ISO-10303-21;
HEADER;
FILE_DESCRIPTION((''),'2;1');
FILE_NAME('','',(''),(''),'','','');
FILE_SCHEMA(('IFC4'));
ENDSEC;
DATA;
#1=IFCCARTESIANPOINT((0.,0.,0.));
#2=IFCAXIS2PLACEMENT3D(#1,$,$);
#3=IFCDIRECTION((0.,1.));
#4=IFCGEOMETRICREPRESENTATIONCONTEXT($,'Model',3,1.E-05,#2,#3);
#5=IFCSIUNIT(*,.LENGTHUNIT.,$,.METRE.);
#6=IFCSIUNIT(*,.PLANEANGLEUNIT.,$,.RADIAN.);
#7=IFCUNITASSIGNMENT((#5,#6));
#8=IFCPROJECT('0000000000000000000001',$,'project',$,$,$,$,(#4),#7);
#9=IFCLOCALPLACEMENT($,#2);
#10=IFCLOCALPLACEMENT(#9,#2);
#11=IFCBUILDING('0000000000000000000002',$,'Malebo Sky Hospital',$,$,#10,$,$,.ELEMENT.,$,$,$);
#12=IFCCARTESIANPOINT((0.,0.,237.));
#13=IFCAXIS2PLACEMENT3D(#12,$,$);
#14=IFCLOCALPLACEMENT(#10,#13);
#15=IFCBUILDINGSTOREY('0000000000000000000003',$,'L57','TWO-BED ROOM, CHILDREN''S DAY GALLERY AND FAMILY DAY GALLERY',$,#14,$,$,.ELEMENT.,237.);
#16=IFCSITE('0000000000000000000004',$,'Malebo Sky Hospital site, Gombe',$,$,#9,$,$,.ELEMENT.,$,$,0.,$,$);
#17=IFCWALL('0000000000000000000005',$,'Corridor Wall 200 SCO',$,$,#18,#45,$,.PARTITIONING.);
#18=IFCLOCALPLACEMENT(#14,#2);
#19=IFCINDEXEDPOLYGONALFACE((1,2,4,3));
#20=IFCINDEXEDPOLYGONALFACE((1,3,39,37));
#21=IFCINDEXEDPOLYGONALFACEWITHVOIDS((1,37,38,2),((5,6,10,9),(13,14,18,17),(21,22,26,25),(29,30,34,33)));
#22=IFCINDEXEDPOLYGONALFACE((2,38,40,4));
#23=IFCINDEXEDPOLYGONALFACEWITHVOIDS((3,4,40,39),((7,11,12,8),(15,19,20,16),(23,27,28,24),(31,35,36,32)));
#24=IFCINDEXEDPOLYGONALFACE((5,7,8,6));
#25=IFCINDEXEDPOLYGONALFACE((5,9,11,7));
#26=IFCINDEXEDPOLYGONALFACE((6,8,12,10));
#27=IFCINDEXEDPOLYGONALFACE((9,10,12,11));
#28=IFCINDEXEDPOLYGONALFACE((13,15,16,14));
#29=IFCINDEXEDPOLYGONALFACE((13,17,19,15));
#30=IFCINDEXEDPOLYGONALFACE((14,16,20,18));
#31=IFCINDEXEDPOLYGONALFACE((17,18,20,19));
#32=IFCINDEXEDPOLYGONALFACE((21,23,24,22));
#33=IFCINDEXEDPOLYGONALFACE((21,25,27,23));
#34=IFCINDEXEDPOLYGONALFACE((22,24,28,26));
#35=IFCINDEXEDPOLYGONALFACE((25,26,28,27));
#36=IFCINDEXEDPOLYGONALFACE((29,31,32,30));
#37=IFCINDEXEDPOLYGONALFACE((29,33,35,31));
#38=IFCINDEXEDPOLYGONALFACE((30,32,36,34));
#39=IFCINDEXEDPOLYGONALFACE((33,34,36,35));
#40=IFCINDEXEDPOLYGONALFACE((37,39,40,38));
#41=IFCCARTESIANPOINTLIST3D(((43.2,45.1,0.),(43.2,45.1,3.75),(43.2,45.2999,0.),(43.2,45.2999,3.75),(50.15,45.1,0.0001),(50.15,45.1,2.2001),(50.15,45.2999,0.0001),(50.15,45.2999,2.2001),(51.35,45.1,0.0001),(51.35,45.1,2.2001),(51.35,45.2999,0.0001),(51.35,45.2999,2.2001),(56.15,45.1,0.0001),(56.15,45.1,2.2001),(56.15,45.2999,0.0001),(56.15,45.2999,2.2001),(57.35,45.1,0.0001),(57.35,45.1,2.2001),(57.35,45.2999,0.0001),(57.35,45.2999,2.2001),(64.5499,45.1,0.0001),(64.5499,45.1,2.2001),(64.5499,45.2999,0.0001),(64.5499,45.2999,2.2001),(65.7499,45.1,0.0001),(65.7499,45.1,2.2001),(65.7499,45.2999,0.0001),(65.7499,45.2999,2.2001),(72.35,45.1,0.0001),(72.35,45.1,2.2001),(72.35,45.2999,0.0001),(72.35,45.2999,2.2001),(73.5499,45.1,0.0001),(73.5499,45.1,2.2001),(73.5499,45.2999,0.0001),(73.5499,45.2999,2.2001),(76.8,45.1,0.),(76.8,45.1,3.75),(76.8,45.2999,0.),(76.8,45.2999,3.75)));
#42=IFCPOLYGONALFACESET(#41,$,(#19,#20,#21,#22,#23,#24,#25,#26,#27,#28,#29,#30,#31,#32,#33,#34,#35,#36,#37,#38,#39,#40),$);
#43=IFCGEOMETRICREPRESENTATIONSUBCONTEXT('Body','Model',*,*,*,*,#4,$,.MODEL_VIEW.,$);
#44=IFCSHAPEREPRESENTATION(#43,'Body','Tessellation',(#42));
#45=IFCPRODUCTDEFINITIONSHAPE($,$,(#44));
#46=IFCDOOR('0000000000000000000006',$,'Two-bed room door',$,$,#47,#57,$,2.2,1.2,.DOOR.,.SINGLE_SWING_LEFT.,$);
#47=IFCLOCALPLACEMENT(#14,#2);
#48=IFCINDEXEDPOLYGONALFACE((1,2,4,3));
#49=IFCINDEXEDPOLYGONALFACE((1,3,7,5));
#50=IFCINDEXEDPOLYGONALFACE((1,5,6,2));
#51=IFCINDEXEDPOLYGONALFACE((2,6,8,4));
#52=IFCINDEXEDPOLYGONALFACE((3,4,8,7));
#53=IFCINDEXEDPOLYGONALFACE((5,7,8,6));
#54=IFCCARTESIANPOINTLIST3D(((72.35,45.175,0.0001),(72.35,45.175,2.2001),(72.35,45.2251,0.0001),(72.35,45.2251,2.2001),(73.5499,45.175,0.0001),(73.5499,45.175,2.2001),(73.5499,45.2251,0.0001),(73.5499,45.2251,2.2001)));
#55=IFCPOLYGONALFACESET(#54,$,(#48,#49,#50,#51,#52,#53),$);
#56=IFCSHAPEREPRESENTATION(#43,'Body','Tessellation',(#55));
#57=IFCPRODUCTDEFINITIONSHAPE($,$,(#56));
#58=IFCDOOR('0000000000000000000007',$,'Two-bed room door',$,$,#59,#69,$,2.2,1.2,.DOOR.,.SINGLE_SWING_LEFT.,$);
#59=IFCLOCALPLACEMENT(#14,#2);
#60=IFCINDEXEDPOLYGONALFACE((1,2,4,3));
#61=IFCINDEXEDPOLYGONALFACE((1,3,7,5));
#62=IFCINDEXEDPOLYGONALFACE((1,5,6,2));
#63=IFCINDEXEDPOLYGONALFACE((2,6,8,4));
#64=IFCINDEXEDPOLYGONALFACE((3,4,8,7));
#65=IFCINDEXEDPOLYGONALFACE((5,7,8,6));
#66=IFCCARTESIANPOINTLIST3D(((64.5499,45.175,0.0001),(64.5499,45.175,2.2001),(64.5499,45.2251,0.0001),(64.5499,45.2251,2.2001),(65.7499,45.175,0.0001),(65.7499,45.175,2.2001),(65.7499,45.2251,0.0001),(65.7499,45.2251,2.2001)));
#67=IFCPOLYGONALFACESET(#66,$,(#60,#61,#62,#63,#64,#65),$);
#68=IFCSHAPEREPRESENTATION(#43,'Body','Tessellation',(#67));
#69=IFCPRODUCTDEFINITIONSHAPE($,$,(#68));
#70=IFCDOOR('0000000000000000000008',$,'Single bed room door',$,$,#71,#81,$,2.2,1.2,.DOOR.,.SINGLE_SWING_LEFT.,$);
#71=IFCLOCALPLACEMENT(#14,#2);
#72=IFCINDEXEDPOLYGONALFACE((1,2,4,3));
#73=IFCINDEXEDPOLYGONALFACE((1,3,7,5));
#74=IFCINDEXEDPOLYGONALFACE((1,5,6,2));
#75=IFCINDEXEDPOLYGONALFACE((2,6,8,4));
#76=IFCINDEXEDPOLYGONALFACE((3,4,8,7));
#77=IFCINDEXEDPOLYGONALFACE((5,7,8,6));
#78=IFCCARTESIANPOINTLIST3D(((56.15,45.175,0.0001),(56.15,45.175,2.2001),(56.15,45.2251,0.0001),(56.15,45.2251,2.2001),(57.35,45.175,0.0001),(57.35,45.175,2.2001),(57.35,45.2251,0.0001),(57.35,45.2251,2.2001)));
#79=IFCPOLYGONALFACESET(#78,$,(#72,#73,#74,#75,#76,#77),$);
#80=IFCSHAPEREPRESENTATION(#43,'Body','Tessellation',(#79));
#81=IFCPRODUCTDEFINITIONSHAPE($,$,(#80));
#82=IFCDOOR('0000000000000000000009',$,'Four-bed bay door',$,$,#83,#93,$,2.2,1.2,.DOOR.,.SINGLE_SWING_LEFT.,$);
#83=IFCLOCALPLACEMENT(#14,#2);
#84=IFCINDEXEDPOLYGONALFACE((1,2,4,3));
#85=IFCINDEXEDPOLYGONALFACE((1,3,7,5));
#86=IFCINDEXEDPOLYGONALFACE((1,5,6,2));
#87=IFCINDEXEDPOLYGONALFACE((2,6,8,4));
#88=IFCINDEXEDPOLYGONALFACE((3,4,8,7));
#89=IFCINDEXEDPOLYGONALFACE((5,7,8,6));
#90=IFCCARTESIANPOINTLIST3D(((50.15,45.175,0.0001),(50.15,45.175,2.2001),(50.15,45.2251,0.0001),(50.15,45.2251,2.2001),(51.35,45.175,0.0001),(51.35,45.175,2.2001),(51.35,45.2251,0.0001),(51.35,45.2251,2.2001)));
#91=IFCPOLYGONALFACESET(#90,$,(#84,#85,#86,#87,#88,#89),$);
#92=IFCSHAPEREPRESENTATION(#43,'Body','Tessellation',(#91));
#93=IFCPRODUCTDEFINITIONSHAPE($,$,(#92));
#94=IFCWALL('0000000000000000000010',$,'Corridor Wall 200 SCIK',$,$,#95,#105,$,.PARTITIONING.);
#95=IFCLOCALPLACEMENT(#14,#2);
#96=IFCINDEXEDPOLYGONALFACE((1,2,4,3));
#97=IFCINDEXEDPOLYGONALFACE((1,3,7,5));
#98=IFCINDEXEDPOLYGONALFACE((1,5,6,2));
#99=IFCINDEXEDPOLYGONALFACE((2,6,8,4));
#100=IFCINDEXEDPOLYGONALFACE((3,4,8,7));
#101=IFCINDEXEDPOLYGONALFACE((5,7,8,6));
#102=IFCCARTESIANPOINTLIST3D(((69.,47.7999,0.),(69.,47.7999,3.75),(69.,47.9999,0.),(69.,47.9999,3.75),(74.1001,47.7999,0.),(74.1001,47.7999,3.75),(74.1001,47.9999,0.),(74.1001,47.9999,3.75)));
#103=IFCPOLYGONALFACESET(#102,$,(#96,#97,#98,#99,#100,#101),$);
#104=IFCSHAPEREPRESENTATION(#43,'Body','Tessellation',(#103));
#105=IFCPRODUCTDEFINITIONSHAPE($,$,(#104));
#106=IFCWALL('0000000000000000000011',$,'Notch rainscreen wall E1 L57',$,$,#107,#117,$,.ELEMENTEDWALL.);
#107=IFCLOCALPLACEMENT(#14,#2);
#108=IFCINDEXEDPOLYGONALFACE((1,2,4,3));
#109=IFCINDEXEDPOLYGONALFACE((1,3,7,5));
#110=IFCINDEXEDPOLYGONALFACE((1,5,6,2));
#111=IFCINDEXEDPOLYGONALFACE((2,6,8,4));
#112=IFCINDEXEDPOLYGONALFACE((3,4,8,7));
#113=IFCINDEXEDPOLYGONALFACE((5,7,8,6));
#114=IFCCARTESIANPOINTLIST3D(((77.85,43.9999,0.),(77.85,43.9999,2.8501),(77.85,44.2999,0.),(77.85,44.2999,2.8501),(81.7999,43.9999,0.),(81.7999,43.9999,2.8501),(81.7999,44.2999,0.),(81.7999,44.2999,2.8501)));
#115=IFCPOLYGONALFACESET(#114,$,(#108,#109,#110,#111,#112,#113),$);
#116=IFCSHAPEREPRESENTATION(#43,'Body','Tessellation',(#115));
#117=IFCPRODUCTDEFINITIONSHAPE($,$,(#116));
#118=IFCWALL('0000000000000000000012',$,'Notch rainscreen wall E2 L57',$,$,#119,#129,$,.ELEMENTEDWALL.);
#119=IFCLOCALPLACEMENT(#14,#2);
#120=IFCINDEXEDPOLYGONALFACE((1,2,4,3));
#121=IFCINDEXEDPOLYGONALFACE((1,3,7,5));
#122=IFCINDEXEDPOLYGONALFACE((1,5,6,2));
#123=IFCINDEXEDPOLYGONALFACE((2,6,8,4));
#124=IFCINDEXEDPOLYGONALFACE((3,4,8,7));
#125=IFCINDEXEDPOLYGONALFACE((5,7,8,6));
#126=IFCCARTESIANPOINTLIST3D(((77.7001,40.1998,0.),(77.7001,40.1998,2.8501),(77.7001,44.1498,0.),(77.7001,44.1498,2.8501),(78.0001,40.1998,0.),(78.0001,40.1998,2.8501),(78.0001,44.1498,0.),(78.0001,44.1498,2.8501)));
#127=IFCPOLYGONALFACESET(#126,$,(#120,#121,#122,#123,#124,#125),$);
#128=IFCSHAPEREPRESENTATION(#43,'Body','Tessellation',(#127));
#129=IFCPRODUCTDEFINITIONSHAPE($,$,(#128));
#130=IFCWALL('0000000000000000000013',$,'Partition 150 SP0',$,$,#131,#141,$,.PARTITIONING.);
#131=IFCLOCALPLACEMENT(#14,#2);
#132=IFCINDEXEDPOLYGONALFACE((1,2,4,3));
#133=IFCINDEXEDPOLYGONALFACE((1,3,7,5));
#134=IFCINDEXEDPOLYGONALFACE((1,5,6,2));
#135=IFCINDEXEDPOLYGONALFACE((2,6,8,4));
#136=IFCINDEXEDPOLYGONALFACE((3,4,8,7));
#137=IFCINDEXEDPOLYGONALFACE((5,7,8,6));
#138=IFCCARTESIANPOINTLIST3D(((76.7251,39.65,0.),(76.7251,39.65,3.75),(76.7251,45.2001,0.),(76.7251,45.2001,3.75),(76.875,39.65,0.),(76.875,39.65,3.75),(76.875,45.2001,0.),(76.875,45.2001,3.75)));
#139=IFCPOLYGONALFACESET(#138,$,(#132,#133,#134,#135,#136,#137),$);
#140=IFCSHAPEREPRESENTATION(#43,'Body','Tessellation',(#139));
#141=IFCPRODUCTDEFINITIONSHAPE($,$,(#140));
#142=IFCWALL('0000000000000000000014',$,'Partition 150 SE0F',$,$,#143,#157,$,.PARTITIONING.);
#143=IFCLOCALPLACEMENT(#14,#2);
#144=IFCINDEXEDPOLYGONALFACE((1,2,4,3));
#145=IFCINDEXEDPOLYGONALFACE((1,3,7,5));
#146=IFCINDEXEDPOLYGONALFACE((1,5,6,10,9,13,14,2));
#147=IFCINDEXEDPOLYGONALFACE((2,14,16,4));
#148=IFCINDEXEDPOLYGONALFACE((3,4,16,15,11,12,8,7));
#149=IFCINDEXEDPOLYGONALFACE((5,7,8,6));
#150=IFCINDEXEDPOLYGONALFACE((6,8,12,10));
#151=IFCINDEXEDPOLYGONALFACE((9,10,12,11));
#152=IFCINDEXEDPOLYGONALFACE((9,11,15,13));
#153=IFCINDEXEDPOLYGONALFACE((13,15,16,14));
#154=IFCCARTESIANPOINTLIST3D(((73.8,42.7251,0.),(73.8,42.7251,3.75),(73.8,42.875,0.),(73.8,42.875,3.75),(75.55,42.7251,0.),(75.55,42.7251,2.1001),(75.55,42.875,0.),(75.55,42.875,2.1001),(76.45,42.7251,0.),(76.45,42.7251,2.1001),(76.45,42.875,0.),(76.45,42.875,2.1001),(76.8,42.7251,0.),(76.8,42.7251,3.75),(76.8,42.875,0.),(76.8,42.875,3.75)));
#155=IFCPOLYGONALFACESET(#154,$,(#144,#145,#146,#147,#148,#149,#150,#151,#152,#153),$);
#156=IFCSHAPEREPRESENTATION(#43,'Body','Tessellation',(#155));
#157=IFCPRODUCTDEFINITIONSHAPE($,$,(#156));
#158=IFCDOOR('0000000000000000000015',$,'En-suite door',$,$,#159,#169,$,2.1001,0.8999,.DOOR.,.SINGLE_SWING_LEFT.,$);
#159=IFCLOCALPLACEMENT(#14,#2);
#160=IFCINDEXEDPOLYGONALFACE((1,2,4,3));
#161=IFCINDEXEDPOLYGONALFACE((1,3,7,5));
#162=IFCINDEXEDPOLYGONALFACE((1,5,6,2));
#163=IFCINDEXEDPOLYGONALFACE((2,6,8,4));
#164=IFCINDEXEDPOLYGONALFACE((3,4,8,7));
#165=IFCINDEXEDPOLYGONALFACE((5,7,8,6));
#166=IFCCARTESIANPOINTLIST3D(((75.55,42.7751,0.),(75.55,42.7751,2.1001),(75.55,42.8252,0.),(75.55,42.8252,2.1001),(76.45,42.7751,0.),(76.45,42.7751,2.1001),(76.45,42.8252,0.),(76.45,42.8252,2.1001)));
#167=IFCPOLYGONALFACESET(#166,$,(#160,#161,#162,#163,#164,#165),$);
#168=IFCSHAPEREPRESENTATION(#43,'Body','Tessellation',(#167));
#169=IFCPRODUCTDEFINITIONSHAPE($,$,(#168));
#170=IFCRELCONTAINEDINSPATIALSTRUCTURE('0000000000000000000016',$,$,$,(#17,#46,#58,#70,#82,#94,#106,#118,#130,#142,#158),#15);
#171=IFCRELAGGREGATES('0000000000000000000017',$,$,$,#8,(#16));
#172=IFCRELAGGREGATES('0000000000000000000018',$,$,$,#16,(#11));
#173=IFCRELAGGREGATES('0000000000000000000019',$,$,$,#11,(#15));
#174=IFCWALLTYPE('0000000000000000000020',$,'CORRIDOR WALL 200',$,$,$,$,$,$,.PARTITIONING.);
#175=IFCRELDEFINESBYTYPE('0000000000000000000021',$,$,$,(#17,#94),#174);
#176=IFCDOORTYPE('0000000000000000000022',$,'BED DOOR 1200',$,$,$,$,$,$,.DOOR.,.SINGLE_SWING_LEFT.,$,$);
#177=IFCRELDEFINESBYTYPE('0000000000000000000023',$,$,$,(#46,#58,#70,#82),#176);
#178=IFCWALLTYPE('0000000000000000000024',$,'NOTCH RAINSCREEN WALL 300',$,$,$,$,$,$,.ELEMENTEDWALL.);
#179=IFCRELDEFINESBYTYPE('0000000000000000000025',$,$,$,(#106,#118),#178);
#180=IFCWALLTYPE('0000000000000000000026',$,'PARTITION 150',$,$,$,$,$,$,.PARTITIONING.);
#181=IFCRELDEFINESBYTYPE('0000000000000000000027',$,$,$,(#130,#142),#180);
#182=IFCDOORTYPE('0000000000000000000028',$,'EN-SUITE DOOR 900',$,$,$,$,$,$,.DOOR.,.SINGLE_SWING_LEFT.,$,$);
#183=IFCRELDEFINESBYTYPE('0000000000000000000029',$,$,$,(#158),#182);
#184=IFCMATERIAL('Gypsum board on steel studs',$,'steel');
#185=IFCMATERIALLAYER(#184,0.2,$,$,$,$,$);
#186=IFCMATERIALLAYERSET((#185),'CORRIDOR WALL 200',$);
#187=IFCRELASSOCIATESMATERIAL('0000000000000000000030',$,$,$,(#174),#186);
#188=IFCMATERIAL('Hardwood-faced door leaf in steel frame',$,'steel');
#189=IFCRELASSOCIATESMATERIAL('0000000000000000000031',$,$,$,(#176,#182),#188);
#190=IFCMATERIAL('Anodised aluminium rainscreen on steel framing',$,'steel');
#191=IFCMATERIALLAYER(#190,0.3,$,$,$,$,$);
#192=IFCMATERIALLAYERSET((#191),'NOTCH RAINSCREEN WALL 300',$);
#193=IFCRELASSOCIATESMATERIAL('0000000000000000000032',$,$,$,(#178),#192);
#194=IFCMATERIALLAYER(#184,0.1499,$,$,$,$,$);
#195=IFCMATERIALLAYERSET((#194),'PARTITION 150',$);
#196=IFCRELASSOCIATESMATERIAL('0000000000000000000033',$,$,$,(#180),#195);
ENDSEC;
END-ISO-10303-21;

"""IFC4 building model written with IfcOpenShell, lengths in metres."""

from ifc_helpers import new_model, si_unit, direction, frame, frame_2d, origin, place, context, subcontext, project, spatial, rectangle, extrude, material, layer, layer_set, type_object, element, fill, save


model = new_model("IFC4")

# Units and contexts
model_context = context("Model", 3, precision=1e-05, world=origin(), true_north=direction((0.0, 1.0)))
body_context = subcontext(model_context, "Body", "Model", "MODEL_VIEW")
ifc_project = project(units=[si_unit("LENGTHUNIT", "METRE"), si_unit("PLANEANGLEUNIT", "RADIAN")], contexts=[model_context])

# Site, building, storey
site_placement = place(None, origin())
site = spatial("IfcSite", under=ifc_project, at=site_placement, Name="Malebo Sky Hospital site, Gombe", CompositionType="ELEMENT", RefElevation=0.0)
building_placement = place(site_placement, origin())
building = spatial("IfcBuilding", under=site, at=building_placement, Name="Malebo Sky Hospital", CompositionType="ELEMENT")
storey_placement = place(building_placement, frame((0.0, 0.0, 237.0)))
storey = spatial("IfcBuildingStorey", under=building, at=storey_placement, Name="L57", Description="TWO-BED ROOM, CHILDREN'S DAY GALLERY AND FAMILY DAY GALLERY", CompositionType="ELEMENT", Elevation=237.0)

# Wall, openings, doors
ifc_material_1 = material(Name="Gypsum board on steel studs", Category="steel")
ifc_layer_1 = layer(ifc_material_1, 0.2)
ifc_layer_set_1 = layer_set([ifc_layer_1], Name="CORRIDOR WALL 200")
wall_type_1 = type_object("IfcWallType", Name="CORRIDOR WALL 200", PredefinedType="PARTITIONING", material=ifc_layer_set_1)
wall_1_placement = place(storey_placement, frame((76.8, 45.2, 0.0), z_axis=(0.0, 0.0, 1.0), x_axis=(-1.0, 0.0, 0.0)))
wall_1 = element("IfcWall", 1, at=wall_1_placement, inside=storey, type_object=wall_type_1, Name="Corridor Wall 200 SCO", PredefinedType="PARTITIONING", context=body_context, shape_type="SweptSolid", body=[
    extrude(rectangle(XDim=33.6001, YDim=0.2, at=frame_2d((16.8, 0.0))), origin(), (0.0, 0.0, 1.0), 3.75),
])
opening_1_placement = place(wall_1_placement, frame((3.25, 0.0, 0.0)))
opening_1 = element("IfcOpeningElement", 2, at=opening_1_placement, cuts=wall_1, PredefinedType="OPENING", context=body_context, shape_type="SweptSolid", body=[
    extrude(rectangle(XDim=1.2, YDim=2.2, at=frame_2d((0.6001, 1.1001))), frame((0.0, 0.1099, 0.0), z_axis=(0.0, -1.0, 0.0), x_axis=(1.0, 0.0, 0.0)), (0.0, 0.0, 1.0), 0.22),
])
opening_2_placement = place(wall_1_placement, frame((11.05, 0.0, 0.0)))
opening_2 = element("IfcOpeningElement", 3, at=opening_2_placement, cuts=wall_1, PredefinedType="OPENING", context=body_context, shape_type="SweptSolid", body=[
    extrude(rectangle(XDim=1.2, YDim=2.2, at=frame_2d((0.6001, 1.1001))), frame((0.0, 0.1099, 0.0), z_axis=(0.0, -1.0, 0.0), x_axis=(1.0, 0.0, 0.0)), (0.0, 0.0, 1.0), 0.22),
])
opening_3_placement = place(wall_1_placement, frame((19.45, 0.0, 0.0)))
opening_3 = element("IfcOpeningElement", 4, at=opening_3_placement, cuts=wall_1, PredefinedType="OPENING", context=body_context, shape_type="SweptSolid", body=[
    extrude(rectangle(XDim=1.2, YDim=2.2, at=frame_2d((0.6001, 1.1001))), frame((0.0, 0.1099, 0.0), z_axis=(0.0, -1.0, 0.0), x_axis=(1.0, 0.0, 0.0)), (0.0, 0.0, 1.0), 0.22),
])
opening_4_placement = place(wall_1_placement, frame((25.45, 0.0, 0.0)))
opening_4 = element("IfcOpeningElement", 5, at=opening_4_placement, cuts=wall_1, PredefinedType="OPENING", context=body_context, shape_type="SweptSolid", body=[
    extrude(rectangle(XDim=1.2, YDim=2.2, at=frame_2d((0.6001, 1.1001))), frame((0.0, 0.1099, 0.0), z_axis=(0.0, -1.0, 0.0), x_axis=(1.0, 0.0, 0.0)), (0.0, 0.0, 1.0), 0.22),
])
ifc_material_2 = material(Name="Hardwood-faced door leaf in steel frame", Category="steel")
door_type_1 = type_object("IfcDoorType", Name="BED DOOR 1200", OperationType="SINGLE_SWING_LEFT", PredefinedType="DOOR", material=ifc_material_2)
door_1_placement = place(opening_1_placement, origin())
door_1 = element("IfcDoor", 6, at=door_1_placement, inside=storey, type_object=door_type_1, Name="Two-bed room door", OperationType="SINGLE_SWING_LEFT", OverallHeight=2.2, OverallWidth=1.2, PredefinedType="DOOR", context=body_context, shape_type="SweptSolid", body=[
    extrude(rectangle(XDim=1.2, YDim=2.2, at=frame_2d((0.6001, 1.1001))), frame((0.0, 0.0249, 0.0), z_axis=(0.0, -1.0, 0.0), x_axis=(1.0, 0.0, 0.0)), (0.0, 0.0, 1.0), 0.05),
])
fill(opening_1, door_1)
door_2_placement = place(opening_2_placement, origin())
door_2 = element("IfcDoor", 7, at=door_2_placement, inside=storey, type_object=door_type_1, Name="Two-bed room door", OperationType="SINGLE_SWING_LEFT", OverallHeight=2.2, OverallWidth=1.2, PredefinedType="DOOR", context=body_context, shape_type="SweptSolid", body=[
    extrude(rectangle(XDim=1.2, YDim=2.2, at=frame_2d((0.6001, 1.1001))), frame((0.0, 0.0249, 0.0), z_axis=(0.0, -1.0, 0.0), x_axis=(1.0, 0.0, 0.0)), (0.0, 0.0, 1.0), 0.05),
])
fill(opening_2, door_2)
door_3_placement = place(opening_3_placement, origin())
door_3 = element("IfcDoor", 8, at=door_3_placement, inside=storey, type_object=door_type_1, Name="Single bed room door", OperationType="SINGLE_SWING_LEFT", OverallHeight=2.2, OverallWidth=1.2, PredefinedType="DOOR", context=body_context, shape_type="SweptSolid", body=[
    extrude(rectangle(XDim=1.2, YDim=2.2, at=frame_2d((0.6001, 1.1001))), frame((0.0, 0.0249, 0.0), z_axis=(0.0, -1.0, 0.0), x_axis=(1.0, 0.0, 0.0)), (0.0, 0.0, 1.0), 0.05),
])
fill(opening_3, door_3)
door_4_placement = place(opening_4_placement, origin())
door_4 = element("IfcDoor", 9, at=door_4_placement, inside=storey, type_object=door_type_1, Name="Four-bed bay door", OperationType="SINGLE_SWING_LEFT", OverallHeight=2.2, OverallWidth=1.2, PredefinedType="DOOR", context=body_context, shape_type="SweptSolid", body=[
    extrude(rectangle(XDim=1.2, YDim=2.2, at=frame_2d((0.6001, 1.1001))), frame((0.0, 0.0249, 0.0), z_axis=(0.0, -1.0, 0.0), x_axis=(1.0, 0.0, 0.0)), (0.0, 0.0, 1.0), 0.05),
])
fill(opening_4, door_4)

# Walls
wall_2_placement = place(storey_placement, frame((74.1001, 47.8999, 0.0), z_axis=(0.0, 0.0, 1.0), x_axis=(-1.0, 0.0, 0.0)))
element("IfcWall", 10, at=wall_2_placement, inside=storey, type_object=wall_type_1, Name="Corridor Wall 200 SCIK", PredefinedType="PARTITIONING", context=body_context, shape_type="SweptSolid", body=[
    extrude(rectangle(XDim=5.1001, YDim=0.2, at=frame_2d((2.55, 0.0))), origin(), (0.0, 0.0, 1.0), 3.75),
])
ifc_material_3 = material(Name="Anodised aluminium rainscreen on steel framing", Category="steel")
ifc_layer_2 = layer(ifc_material_3, 0.3)
ifc_layer_set_2 = layer_set([ifc_layer_2], Name="NOTCH RAINSCREEN WALL 300")
wall_type_2 = type_object("IfcWallType", Name="NOTCH RAINSCREEN WALL 300", PredefinedType="ELEMENTEDWALL", material=ifc_layer_set_2)
for number, where, z_axis, x_axis, name in (
    (11, (81.8, 44.1499, 0.0), (0.0, 0.0, 1.0), (-1.0, 0.0, 0.0), "Notch rainscreen wall E1 L57"),
    (12, (77.8501, 44.1499, 0.0), (0.0, 0.0, 1.0), (0.0, -1.0, 0.0), "Notch rainscreen wall E2 L57"),
):
    element("IfcWall", number, at=place(storey_placement, frame(where, z_axis=z_axis, x_axis=x_axis)), inside=storey, type_object=wall_type_2, Name=name, PredefinedType="ELEMENTEDWALL", context=body_context, shape_type="SweptSolid", body=[
        extrude(rectangle(XDim=3.95, YDim=0.3, at=frame_2d((1.9751, 0.0))), origin(), (0.0, 0.0, 1.0), 2.8501),
    ])
ifc_layer_3 = layer(ifc_material_1, 0.1499)
ifc_layer_set_3 = layer_set([ifc_layer_3], Name="PARTITION 150")
wall_type_3 = type_object("IfcWallType", Name="PARTITION 150", PredefinedType="PARTITIONING", material=ifc_layer_set_3)
wall_3_placement = place(storey_placement, frame((76.8, 45.2, 0.0), z_axis=(0.0, 0.0, 1.0), x_axis=(0.0, -1.0, 0.0)))
element("IfcWall", 13, at=wall_3_placement, inside=storey, type_object=wall_type_3, Name="Partition 150 SP0", PredefinedType="PARTITIONING", context=body_context, shape_type="SweptSolid", body=[
    extrude(rectangle(XDim=5.55, YDim=0.1499, at=frame_2d((2.7749, 0.0))), origin(), (0.0, 0.0, 1.0), 3.75),
])

# Wall, opening, door
wall_4_placement = place(storey_placement, frame((76.8, 42.8, 0.0), z_axis=(0.0, 0.0, 1.0), x_axis=(-1.0, 0.0, 0.0)))
wall_4 = element("IfcWall", 14, at=wall_4_placement, inside=storey, type_object=wall_type_3, Name="Partition 150 SE0F", PredefinedType="PARTITIONING", context=body_context, shape_type="SweptSolid", body=[
    extrude(rectangle(XDim=3.0, YDim=0.1499, at=frame_2d((1.5, 0.0))), origin(), (0.0, 0.0, 1.0), 3.75),
])
opening_5_placement = place(wall_4_placement, frame((0.3501, 0.0, 0.0)))
opening_5 = element("IfcOpeningElement", 15, at=opening_5_placement, cuts=wall_4, PredefinedType="OPENING", context=body_context, shape_type="SweptSolid", body=[
    extrude(rectangle(XDim=0.8999, YDim=2.1001, at=frame_2d((0.45, 1.05))), frame((0.0, 0.085, 0.0), z_axis=(0.0, -1.0, 0.0), x_axis=(1.0, 0.0, 0.0)), (0.0, 0.0, 1.0), 0.1699),
])
door_type_2 = type_object("IfcDoorType", Name="EN-SUITE DOOR 900", OperationType="SINGLE_SWING_LEFT", PredefinedType="DOOR", material=ifc_material_2)
door_5_placement = place(opening_5_placement, origin())
door_5 = element("IfcDoor", 16, at=door_5_placement, inside=storey, type_object=door_type_2, Name="En-suite door", OperationType="SINGLE_SWING_LEFT", OverallHeight=2.1001, OverallWidth=0.8999, PredefinedType="DOOR", context=body_context, shape_type="SweptSolid", body=[
    extrude(rectangle(XDim=0.8999, YDim=2.1001, at=frame_2d((0.45, 1.05))), frame((0.0, 0.0249, 0.0), z_axis=(0.0, -1.0, 0.0), x_axis=(1.0, 0.0, 0.0)), (0.0, 0.0, 1.0), 0.05),
])
fill(opening_5, door_5)

save(model, "model.ifc")
